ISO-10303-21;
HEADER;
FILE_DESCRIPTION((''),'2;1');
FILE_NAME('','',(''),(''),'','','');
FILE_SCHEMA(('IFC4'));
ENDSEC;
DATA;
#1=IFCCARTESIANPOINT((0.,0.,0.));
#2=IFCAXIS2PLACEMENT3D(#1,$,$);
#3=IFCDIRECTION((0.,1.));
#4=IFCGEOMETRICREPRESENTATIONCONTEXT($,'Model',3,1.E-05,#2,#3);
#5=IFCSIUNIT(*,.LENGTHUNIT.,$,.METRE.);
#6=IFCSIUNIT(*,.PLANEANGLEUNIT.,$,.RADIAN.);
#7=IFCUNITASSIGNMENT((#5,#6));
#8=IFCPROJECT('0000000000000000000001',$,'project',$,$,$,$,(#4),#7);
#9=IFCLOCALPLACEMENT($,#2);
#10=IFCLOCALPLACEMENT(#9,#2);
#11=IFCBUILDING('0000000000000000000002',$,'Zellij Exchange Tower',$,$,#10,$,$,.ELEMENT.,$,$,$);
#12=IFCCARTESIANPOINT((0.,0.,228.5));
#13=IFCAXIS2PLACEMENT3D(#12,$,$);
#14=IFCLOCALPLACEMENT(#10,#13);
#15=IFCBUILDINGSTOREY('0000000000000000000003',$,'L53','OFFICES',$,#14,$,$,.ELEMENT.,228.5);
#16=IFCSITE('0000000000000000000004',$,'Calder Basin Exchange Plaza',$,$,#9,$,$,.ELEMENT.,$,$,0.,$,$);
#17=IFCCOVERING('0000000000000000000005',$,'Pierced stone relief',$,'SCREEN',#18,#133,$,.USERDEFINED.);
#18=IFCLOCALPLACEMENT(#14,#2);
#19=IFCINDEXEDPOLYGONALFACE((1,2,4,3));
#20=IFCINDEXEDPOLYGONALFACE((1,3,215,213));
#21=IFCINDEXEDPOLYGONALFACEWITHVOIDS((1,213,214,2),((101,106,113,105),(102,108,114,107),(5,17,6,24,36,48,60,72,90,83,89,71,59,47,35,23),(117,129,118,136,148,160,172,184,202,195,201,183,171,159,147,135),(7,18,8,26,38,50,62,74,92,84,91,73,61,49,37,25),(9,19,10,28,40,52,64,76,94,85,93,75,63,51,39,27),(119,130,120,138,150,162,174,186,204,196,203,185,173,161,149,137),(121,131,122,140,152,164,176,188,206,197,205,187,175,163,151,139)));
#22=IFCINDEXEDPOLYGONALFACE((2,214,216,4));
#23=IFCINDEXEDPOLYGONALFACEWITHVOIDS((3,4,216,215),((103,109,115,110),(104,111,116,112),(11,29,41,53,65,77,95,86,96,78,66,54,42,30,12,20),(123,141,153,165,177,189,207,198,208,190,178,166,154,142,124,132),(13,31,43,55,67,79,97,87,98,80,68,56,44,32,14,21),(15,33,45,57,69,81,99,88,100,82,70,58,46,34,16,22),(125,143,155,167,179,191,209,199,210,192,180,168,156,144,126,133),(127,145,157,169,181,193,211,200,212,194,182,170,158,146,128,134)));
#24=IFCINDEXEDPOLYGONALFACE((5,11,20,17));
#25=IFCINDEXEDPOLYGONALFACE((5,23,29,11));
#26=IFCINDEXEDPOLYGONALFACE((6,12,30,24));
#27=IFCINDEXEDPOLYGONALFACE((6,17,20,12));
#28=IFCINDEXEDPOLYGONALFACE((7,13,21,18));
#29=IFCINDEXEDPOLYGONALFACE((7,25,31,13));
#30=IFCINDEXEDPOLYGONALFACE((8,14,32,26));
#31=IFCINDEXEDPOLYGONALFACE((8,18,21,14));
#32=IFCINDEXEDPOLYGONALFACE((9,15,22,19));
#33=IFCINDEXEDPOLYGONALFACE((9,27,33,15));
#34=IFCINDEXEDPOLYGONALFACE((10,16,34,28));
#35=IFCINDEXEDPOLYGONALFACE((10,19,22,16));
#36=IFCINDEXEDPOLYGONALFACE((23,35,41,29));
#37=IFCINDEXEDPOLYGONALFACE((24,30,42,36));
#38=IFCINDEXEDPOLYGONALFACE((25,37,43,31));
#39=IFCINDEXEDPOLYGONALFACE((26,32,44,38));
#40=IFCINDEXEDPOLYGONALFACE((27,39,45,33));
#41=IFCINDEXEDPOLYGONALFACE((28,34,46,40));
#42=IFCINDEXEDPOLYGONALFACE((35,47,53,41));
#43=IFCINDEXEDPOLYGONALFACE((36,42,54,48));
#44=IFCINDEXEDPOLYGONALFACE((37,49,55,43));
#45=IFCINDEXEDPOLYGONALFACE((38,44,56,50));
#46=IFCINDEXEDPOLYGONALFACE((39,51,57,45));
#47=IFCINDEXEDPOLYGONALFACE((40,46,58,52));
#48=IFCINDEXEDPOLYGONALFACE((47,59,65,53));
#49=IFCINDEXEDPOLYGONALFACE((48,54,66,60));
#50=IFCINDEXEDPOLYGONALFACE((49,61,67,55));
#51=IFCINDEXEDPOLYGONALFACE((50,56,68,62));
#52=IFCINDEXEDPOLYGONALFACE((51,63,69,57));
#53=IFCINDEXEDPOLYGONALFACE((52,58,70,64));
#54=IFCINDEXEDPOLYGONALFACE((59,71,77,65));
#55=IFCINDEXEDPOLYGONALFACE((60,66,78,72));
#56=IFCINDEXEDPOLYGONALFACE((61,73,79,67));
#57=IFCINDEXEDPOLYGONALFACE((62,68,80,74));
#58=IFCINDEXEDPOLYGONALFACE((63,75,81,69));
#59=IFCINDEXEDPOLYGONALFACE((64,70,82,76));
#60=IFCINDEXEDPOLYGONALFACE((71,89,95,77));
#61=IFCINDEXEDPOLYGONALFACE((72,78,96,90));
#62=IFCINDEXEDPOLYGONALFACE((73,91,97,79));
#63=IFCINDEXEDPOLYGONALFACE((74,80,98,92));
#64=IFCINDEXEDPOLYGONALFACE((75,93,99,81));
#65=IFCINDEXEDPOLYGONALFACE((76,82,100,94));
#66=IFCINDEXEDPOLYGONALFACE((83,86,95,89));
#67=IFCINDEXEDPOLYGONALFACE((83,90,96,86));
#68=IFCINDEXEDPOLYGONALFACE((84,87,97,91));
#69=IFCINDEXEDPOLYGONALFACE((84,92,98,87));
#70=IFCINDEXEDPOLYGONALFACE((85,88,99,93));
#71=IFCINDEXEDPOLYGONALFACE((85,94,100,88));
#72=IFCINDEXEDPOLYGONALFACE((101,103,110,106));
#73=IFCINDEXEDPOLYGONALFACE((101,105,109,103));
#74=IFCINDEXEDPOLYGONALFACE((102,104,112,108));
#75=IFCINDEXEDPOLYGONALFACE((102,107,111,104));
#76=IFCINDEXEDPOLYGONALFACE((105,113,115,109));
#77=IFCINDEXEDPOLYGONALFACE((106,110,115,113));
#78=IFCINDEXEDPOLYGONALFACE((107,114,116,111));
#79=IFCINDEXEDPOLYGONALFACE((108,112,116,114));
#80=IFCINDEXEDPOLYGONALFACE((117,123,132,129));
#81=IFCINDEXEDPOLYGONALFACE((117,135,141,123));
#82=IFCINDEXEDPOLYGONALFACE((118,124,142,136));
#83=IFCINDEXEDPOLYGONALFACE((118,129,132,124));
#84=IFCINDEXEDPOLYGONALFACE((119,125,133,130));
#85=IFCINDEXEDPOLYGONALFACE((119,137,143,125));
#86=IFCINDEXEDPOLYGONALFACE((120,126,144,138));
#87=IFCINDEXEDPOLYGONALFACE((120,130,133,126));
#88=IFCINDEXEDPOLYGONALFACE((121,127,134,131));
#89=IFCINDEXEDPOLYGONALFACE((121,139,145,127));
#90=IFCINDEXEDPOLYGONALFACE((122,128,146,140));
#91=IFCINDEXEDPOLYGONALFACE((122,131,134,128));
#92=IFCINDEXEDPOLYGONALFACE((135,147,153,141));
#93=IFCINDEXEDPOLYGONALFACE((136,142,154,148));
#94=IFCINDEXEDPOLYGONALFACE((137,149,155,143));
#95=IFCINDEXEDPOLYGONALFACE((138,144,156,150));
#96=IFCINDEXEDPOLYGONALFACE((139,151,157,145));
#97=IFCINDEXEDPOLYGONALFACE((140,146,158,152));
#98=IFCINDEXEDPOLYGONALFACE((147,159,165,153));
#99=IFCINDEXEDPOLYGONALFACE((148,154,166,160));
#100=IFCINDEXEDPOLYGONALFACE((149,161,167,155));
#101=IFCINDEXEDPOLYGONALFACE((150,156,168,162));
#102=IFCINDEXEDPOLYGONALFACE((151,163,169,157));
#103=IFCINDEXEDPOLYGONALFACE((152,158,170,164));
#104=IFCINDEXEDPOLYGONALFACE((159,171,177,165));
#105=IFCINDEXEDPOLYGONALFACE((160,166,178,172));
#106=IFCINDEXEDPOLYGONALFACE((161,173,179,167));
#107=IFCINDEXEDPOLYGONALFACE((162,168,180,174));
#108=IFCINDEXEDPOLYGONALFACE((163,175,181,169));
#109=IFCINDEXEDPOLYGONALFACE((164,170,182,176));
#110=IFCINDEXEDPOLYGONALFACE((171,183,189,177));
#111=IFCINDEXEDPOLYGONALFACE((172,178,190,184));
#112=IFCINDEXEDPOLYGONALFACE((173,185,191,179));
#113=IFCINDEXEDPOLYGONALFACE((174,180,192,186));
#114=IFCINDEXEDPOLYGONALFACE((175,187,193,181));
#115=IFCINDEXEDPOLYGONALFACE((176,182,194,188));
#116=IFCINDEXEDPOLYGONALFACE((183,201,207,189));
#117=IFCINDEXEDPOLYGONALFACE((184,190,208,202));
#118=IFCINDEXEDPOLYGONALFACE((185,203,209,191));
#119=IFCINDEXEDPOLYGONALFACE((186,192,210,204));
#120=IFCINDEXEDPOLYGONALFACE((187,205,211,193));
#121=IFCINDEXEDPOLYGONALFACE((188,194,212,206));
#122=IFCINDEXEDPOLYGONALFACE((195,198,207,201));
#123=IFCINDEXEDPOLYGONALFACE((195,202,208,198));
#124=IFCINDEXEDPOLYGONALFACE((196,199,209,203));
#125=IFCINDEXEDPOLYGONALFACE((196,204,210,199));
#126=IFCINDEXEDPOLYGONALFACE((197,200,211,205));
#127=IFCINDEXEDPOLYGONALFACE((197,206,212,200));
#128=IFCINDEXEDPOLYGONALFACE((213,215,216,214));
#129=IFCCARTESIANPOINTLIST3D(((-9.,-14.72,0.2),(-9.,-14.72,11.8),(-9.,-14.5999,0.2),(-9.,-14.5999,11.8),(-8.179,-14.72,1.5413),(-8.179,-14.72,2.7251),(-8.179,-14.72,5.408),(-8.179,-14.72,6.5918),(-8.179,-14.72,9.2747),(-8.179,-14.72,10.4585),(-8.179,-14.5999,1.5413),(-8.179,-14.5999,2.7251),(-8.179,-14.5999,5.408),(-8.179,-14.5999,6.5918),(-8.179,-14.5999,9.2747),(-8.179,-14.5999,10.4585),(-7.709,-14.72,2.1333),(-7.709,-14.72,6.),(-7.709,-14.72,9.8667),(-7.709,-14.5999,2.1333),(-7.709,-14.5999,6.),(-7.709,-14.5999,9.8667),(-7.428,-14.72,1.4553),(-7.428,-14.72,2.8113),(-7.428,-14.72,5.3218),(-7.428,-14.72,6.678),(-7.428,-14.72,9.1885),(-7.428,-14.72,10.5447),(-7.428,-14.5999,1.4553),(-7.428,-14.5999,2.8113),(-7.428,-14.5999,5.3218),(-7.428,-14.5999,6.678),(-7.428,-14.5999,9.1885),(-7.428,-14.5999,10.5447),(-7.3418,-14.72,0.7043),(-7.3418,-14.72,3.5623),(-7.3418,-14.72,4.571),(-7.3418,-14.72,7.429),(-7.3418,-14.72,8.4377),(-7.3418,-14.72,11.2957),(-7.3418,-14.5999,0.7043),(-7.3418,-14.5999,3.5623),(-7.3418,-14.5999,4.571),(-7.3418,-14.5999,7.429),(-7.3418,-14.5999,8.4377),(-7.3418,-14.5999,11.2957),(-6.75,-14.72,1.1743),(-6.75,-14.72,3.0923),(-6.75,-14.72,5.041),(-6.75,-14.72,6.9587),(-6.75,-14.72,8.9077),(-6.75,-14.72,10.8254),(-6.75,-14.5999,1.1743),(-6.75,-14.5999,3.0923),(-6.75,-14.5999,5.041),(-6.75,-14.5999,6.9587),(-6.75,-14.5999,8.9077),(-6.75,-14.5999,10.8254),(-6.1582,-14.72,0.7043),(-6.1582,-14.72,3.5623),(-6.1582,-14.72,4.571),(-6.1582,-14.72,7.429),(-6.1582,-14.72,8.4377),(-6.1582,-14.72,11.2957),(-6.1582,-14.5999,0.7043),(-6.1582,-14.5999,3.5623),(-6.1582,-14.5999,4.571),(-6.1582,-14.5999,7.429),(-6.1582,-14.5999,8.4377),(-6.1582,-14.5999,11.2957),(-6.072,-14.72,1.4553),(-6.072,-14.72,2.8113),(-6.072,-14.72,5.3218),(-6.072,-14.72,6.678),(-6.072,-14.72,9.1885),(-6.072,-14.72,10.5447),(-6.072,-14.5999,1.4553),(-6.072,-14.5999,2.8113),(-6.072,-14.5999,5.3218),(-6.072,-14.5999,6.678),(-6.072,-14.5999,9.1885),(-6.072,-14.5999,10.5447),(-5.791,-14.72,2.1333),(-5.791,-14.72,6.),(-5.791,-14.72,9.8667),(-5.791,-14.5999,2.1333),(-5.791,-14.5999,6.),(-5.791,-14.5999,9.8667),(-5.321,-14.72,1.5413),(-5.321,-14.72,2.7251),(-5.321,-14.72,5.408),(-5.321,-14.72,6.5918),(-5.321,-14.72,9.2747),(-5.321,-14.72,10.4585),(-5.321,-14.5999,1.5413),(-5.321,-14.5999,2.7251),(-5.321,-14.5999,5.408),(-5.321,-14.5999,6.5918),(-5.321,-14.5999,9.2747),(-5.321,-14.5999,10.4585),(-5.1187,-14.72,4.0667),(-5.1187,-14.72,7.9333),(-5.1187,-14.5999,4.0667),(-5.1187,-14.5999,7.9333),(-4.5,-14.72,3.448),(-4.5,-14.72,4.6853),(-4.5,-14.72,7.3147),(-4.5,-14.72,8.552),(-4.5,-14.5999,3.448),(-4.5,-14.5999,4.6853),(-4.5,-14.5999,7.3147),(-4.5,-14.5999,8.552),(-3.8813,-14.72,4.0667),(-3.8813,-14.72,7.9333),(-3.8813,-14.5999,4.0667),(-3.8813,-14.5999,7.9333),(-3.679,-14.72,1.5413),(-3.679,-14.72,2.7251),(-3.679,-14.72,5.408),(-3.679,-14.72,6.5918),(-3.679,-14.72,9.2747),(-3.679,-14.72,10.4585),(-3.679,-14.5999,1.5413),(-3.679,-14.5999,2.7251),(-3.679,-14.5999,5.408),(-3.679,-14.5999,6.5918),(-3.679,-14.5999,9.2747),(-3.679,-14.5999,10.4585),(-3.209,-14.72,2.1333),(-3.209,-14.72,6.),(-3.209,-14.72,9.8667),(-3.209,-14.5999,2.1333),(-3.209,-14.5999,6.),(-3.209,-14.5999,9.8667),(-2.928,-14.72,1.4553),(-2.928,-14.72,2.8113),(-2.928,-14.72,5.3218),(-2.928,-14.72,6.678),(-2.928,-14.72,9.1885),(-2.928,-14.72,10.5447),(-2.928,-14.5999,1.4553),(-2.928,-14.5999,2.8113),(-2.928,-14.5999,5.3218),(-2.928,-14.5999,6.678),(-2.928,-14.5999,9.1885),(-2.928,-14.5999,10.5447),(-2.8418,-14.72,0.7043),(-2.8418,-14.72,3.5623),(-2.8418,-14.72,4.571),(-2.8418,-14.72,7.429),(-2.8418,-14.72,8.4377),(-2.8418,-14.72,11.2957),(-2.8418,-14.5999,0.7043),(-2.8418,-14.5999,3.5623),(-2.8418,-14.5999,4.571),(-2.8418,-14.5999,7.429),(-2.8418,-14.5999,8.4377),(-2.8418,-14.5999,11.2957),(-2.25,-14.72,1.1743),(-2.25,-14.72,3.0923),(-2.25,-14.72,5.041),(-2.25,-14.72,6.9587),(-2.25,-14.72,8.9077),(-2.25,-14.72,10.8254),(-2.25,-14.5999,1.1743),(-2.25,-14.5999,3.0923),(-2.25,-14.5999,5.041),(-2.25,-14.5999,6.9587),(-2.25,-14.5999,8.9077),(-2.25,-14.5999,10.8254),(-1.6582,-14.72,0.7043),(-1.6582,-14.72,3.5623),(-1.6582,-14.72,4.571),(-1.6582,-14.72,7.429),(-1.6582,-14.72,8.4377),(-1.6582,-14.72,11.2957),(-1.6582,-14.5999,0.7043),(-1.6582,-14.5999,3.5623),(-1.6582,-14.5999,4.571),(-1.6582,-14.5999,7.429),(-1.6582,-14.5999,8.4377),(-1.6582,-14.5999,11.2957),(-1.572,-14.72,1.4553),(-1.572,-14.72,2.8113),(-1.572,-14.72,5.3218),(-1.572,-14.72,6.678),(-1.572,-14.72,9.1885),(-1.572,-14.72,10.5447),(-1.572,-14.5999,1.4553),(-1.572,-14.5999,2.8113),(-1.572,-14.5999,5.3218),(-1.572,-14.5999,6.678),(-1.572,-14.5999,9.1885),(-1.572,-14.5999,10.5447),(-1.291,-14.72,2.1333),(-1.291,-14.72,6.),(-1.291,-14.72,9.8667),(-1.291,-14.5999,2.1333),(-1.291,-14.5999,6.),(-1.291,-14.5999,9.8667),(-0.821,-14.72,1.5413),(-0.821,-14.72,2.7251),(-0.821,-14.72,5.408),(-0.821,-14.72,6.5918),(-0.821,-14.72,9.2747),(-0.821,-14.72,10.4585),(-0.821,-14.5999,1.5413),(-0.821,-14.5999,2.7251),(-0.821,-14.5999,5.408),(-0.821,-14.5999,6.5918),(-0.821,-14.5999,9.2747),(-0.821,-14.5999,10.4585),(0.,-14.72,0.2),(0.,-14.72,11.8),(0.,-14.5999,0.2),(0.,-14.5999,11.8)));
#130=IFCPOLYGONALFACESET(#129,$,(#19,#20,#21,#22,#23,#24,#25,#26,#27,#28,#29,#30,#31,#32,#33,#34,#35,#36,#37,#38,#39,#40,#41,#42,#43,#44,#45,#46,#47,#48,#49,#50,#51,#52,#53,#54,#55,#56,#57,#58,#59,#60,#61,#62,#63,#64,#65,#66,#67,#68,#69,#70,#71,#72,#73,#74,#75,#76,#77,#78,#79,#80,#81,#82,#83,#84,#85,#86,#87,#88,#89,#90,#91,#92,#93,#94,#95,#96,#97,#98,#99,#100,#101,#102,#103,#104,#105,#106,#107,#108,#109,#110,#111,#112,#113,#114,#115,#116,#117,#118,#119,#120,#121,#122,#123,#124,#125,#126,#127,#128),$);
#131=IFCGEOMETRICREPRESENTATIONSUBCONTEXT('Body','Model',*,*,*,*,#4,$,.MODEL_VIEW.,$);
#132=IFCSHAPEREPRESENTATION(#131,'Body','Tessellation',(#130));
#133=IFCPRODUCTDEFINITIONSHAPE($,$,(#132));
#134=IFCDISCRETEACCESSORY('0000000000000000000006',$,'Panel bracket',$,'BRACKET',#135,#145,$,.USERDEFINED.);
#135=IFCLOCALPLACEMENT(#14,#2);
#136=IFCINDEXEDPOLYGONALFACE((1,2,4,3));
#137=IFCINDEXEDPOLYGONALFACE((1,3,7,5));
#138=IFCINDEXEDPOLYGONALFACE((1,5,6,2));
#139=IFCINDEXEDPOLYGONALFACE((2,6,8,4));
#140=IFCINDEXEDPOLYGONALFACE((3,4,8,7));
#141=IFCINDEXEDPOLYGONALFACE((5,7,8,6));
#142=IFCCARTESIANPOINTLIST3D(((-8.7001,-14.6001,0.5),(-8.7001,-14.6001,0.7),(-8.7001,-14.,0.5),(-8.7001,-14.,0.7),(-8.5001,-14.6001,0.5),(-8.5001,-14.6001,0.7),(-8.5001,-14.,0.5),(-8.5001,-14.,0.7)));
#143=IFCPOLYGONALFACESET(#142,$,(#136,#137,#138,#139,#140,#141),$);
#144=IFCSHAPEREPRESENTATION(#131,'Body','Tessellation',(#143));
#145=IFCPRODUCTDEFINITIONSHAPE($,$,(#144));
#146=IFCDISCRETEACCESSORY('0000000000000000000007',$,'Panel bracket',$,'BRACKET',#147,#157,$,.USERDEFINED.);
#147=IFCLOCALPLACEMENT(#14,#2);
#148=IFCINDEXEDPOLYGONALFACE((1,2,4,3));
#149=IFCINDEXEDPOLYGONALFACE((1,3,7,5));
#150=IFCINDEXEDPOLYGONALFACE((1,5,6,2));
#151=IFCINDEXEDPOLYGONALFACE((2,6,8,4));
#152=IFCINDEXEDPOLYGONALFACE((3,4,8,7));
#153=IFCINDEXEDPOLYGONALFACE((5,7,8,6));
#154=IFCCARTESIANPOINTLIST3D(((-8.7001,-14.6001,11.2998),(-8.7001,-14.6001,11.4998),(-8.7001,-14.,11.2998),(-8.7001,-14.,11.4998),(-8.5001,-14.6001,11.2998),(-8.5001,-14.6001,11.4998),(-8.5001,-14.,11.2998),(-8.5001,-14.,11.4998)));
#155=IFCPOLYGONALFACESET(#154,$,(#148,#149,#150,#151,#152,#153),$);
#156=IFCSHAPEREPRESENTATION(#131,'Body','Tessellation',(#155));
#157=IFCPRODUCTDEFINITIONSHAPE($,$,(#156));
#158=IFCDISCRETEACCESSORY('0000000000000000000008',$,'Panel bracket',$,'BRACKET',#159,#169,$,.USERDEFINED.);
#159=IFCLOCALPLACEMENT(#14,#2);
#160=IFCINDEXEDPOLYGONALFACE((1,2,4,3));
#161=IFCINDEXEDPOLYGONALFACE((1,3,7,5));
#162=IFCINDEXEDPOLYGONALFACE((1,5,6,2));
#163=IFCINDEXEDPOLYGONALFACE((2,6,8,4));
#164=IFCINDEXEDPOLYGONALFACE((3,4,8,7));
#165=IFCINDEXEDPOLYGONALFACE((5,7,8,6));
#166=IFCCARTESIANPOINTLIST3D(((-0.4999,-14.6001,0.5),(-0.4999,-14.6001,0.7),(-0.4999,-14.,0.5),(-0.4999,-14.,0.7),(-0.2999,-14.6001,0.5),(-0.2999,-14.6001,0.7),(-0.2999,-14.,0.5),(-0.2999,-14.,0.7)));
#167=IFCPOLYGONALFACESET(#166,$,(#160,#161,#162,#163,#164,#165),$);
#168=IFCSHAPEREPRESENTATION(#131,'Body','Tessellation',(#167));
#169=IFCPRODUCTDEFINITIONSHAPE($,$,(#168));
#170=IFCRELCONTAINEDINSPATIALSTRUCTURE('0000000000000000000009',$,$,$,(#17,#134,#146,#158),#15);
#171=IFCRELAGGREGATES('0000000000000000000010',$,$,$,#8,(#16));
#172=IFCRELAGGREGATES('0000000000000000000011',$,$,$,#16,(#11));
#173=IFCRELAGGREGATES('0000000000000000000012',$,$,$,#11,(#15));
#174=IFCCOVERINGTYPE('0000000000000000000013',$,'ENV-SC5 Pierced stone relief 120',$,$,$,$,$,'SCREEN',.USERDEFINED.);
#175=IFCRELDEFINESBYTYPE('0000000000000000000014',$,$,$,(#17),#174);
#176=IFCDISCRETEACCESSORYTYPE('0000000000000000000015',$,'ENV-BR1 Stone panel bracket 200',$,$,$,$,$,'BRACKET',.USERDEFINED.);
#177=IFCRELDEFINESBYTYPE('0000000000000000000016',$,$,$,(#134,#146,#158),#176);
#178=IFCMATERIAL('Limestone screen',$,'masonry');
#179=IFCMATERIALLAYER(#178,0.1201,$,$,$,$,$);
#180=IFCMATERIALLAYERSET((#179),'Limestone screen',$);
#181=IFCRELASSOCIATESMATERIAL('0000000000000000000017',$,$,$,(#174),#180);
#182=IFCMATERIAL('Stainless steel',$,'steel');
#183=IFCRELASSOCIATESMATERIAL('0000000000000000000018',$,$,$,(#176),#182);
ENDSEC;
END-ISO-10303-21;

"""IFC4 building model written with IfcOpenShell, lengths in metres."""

from ifc_helpers import new_model, si_unit, direction, frame, origin, origin_2d, place, context, subcontext, project, spatial, polyline, rectangle, outline, extrude, material, layer, layer_set, type_object, element, save


model = new_model("IFC4")

# Units and contexts
model_context = context("Model", 3, precision=1e-05, world=origin(), true_north=direction((0.0, 1.0)))
body_context = subcontext(model_context, "Body", "Model", "MODEL_VIEW")
ifc_project = project(units=[si_unit("LENGTHUNIT", "METRE"), si_unit("PLANEANGLEUNIT", "RADIAN")], contexts=[model_context])

# Site, building, storey
site_placement = place(None, origin())
site = spatial("IfcSite", under=ifc_project, at=site_placement, Name="Calder Basin Exchange Plaza", CompositionType="ELEMENT", RefElevation=0.0)
building_placement = place(site_placement, origin())
building = spatial("IfcBuilding", under=site, at=building_placement, Name="Zellij Exchange Tower", CompositionType="ELEMENT")
storey_placement = place(building_placement, frame((0.0, 0.0, 228.5)))
storey = spatial("IfcBuildingStorey", under=building, at=storey_placement, Name="L53", Description="OFFICES", CompositionType="ELEMENT", Elevation=228.5)

# Shared definitions
ifc_material_1 = material(Name="Stainless steel", Category="steel")

# Covering
ifc_material_2 = material(Name="Limestone screen", Category="masonry")
ifc_layer_1 = layer(ifc_material_2, 0.1201)
ifc_layer_set_1 = layer_set([ifc_layer_1], Name="Limestone screen")
covering_type = type_object("IfcCoveringType", Name="ENV-SC5 Pierced stone relief 120", ElementType="SCREEN", PredefinedType="USERDEFINED", material=ifc_layer_set_1)
covering_placement = place(storey_placement, frame((-9.0, -14.6599, 0.2), z_axis=(0.0, 0.0, 1.0), x_axis=(1.0, 0.0, 0.0)))
element("IfcCovering", 1, at=covering_placement, inside=storey, type_object=covering_type, Name="Pierced stone relief", ObjectType="SCREEN", PredefinedType="USERDEFINED", context=body_context, shape_type="SweptSolid", body=[
    extrude(outline(polyline([(0.0, 0.0), (9.0, 0.0), (9.0, 11.6001), (0.0, 11.6001), (0.0, 0.0)]), holes=[polyline([(3.679, 2.5251), (2.928, 2.6113), (2.8418, 3.3623), (2.25, 2.8923), (1.6582, 3.3623), (1.572, 2.6113), (0.821, 2.5251), (1.291, 1.9333), (0.821, 1.3413), (1.572, 1.2554), (1.6582, 0.5044), (2.25, 0.9744), (2.8418, 0.5044), (2.928, 1.2554), (3.679, 1.3413), (3.209, 1.9333), (3.679, 2.5251)]), polyline([(3.679, 6.3918), (2.928, 6.478), (2.8418, 7.229), (2.25, 6.7588), (1.6582, 7.229), (1.572, 6.478), (0.821, 6.3918), (1.291, 5.8), (0.821, 5.208), (1.572, 5.1218), (1.6582, 4.3711), (2.25, 4.8411), (2.8418, 4.3711), (2.928, 5.1218), (3.679, 5.208), (3.209, 5.8), (3.679, 6.3918)]), polyline([(3.679, 10.2585), (2.928, 10.3447), (2.8418, 11.0957), (2.25, 10.6255), (1.6582, 11.0957), (1.572, 10.3447), (0.821, 10.2585), (1.291, 9.6667), (0.821, 9.0747), (1.572, 8.9885), (1.6582, 8.2378), (2.25, 8.7078), (2.8418, 8.2378), (2.928, 8.9885), (3.679, 9.0747), (3.209, 9.6667), (3.679, 10.2585)]), polyline([(8.179, 2.5251), (7.428, 2.6113), (7.3418, 3.3623), (6.75, 2.8923), (6.1582, 3.3623), (6.072, 2.6113), (5.321, 2.5251), (5.791, 1.9333), (5.321, 1.3413), (6.072, 1.2554), (6.1582, 0.5044), (6.75, 0.9744), (7.3418, 0.5044), (7.428, 1.2554), (8.179, 1.3413), (7.709, 1.9333), (8.179, 2.5251)]), polyline([(8.179, 6.3918), (7.428, 6.478), (7.3418, 7.229), (6.75, 6.7588), (6.1582, 7.229), (6.072, 6.478), (5.321, 6.3918), (5.791, 5.8), (5.321, 5.208), (6.072, 5.1218), (6.1582, 4.3711), (6.75, 4.8411), (7.3418, 4.3711), (7.428, 5.1218), (8.179, 5.208), (7.709, 5.8), (8.179, 6.3918)]), polyline([(8.179, 10.2585), (7.428, 10.3447), (7.3418, 11.0957), (6.75, 10.6255), (6.1582, 11.0957), (6.072, 10.3447), (5.321, 10.2585), (5.791, 9.6667), (5.321, 9.0747), (6.072, 8.9885), (6.1582, 8.2378), (6.75, 8.7078), (7.3418, 8.2378), (7.428, 8.9885), (8.179, 9.0747), (7.709, 9.6667), (8.179, 10.2585)]), polyline([(5.1187, 3.8667), (4.5, 4.4854), (3.8813, 3.8667), (4.5, 3.248), (5.1187, 3.8667)]), polyline([(5.1187, 7.7334), (4.5, 8.3521), (3.8813, 7.7334), (4.5, 7.1147), (5.1187, 7.7334)])]), frame((0.0, 0.0601, 0.0), z_axis=(0.0, -1.0, 0.0), x_axis=(1.0, 0.0, 0.0)), (0.0, 0.0, 1.0), 0.1201),
])

# Discrete accessories
discrete_accessory_type = type_object("IfcDiscreteAccessoryType", Name="ENV-BR1 Stone panel bracket 200", ElementType="BRACKET", PredefinedType="USERDEFINED", material=ifc_material_1)
for number, where, z_axis, x_axis, name in (
    (2, (-8.6001, -14.3, 0.5), (0.0, 0.0, 1.0), (1.0, 0.0, 0.0), "Panel bracket"),
    (3, (-8.6001, -14.3, 11.2998), (0.0, 0.0, 1.0), (1.0, 0.0, 0.0), "Panel bracket"),
    (4, (-0.3999, -14.3, 0.5), (0.0, 0.0, 1.0), (1.0, 0.0, 0.0), "Panel bracket"),
):
    element("IfcDiscreteAccessory", number, at=place(storey_placement, frame(where, z_axis=z_axis, x_axis=x_axis)), inside=storey, type_object=discrete_accessory_type, Name=name, ObjectType="BRACKET", PredefinedType="USERDEFINED", context=body_context, shape_type="SweptSolid", body=[
        extrude(rectangle(XDim=0.2, YDim=0.6001, at=origin_2d()), origin(), (0.0, 0.0, 1.0), 0.2),
    ])

save(model, "model.ifc")
